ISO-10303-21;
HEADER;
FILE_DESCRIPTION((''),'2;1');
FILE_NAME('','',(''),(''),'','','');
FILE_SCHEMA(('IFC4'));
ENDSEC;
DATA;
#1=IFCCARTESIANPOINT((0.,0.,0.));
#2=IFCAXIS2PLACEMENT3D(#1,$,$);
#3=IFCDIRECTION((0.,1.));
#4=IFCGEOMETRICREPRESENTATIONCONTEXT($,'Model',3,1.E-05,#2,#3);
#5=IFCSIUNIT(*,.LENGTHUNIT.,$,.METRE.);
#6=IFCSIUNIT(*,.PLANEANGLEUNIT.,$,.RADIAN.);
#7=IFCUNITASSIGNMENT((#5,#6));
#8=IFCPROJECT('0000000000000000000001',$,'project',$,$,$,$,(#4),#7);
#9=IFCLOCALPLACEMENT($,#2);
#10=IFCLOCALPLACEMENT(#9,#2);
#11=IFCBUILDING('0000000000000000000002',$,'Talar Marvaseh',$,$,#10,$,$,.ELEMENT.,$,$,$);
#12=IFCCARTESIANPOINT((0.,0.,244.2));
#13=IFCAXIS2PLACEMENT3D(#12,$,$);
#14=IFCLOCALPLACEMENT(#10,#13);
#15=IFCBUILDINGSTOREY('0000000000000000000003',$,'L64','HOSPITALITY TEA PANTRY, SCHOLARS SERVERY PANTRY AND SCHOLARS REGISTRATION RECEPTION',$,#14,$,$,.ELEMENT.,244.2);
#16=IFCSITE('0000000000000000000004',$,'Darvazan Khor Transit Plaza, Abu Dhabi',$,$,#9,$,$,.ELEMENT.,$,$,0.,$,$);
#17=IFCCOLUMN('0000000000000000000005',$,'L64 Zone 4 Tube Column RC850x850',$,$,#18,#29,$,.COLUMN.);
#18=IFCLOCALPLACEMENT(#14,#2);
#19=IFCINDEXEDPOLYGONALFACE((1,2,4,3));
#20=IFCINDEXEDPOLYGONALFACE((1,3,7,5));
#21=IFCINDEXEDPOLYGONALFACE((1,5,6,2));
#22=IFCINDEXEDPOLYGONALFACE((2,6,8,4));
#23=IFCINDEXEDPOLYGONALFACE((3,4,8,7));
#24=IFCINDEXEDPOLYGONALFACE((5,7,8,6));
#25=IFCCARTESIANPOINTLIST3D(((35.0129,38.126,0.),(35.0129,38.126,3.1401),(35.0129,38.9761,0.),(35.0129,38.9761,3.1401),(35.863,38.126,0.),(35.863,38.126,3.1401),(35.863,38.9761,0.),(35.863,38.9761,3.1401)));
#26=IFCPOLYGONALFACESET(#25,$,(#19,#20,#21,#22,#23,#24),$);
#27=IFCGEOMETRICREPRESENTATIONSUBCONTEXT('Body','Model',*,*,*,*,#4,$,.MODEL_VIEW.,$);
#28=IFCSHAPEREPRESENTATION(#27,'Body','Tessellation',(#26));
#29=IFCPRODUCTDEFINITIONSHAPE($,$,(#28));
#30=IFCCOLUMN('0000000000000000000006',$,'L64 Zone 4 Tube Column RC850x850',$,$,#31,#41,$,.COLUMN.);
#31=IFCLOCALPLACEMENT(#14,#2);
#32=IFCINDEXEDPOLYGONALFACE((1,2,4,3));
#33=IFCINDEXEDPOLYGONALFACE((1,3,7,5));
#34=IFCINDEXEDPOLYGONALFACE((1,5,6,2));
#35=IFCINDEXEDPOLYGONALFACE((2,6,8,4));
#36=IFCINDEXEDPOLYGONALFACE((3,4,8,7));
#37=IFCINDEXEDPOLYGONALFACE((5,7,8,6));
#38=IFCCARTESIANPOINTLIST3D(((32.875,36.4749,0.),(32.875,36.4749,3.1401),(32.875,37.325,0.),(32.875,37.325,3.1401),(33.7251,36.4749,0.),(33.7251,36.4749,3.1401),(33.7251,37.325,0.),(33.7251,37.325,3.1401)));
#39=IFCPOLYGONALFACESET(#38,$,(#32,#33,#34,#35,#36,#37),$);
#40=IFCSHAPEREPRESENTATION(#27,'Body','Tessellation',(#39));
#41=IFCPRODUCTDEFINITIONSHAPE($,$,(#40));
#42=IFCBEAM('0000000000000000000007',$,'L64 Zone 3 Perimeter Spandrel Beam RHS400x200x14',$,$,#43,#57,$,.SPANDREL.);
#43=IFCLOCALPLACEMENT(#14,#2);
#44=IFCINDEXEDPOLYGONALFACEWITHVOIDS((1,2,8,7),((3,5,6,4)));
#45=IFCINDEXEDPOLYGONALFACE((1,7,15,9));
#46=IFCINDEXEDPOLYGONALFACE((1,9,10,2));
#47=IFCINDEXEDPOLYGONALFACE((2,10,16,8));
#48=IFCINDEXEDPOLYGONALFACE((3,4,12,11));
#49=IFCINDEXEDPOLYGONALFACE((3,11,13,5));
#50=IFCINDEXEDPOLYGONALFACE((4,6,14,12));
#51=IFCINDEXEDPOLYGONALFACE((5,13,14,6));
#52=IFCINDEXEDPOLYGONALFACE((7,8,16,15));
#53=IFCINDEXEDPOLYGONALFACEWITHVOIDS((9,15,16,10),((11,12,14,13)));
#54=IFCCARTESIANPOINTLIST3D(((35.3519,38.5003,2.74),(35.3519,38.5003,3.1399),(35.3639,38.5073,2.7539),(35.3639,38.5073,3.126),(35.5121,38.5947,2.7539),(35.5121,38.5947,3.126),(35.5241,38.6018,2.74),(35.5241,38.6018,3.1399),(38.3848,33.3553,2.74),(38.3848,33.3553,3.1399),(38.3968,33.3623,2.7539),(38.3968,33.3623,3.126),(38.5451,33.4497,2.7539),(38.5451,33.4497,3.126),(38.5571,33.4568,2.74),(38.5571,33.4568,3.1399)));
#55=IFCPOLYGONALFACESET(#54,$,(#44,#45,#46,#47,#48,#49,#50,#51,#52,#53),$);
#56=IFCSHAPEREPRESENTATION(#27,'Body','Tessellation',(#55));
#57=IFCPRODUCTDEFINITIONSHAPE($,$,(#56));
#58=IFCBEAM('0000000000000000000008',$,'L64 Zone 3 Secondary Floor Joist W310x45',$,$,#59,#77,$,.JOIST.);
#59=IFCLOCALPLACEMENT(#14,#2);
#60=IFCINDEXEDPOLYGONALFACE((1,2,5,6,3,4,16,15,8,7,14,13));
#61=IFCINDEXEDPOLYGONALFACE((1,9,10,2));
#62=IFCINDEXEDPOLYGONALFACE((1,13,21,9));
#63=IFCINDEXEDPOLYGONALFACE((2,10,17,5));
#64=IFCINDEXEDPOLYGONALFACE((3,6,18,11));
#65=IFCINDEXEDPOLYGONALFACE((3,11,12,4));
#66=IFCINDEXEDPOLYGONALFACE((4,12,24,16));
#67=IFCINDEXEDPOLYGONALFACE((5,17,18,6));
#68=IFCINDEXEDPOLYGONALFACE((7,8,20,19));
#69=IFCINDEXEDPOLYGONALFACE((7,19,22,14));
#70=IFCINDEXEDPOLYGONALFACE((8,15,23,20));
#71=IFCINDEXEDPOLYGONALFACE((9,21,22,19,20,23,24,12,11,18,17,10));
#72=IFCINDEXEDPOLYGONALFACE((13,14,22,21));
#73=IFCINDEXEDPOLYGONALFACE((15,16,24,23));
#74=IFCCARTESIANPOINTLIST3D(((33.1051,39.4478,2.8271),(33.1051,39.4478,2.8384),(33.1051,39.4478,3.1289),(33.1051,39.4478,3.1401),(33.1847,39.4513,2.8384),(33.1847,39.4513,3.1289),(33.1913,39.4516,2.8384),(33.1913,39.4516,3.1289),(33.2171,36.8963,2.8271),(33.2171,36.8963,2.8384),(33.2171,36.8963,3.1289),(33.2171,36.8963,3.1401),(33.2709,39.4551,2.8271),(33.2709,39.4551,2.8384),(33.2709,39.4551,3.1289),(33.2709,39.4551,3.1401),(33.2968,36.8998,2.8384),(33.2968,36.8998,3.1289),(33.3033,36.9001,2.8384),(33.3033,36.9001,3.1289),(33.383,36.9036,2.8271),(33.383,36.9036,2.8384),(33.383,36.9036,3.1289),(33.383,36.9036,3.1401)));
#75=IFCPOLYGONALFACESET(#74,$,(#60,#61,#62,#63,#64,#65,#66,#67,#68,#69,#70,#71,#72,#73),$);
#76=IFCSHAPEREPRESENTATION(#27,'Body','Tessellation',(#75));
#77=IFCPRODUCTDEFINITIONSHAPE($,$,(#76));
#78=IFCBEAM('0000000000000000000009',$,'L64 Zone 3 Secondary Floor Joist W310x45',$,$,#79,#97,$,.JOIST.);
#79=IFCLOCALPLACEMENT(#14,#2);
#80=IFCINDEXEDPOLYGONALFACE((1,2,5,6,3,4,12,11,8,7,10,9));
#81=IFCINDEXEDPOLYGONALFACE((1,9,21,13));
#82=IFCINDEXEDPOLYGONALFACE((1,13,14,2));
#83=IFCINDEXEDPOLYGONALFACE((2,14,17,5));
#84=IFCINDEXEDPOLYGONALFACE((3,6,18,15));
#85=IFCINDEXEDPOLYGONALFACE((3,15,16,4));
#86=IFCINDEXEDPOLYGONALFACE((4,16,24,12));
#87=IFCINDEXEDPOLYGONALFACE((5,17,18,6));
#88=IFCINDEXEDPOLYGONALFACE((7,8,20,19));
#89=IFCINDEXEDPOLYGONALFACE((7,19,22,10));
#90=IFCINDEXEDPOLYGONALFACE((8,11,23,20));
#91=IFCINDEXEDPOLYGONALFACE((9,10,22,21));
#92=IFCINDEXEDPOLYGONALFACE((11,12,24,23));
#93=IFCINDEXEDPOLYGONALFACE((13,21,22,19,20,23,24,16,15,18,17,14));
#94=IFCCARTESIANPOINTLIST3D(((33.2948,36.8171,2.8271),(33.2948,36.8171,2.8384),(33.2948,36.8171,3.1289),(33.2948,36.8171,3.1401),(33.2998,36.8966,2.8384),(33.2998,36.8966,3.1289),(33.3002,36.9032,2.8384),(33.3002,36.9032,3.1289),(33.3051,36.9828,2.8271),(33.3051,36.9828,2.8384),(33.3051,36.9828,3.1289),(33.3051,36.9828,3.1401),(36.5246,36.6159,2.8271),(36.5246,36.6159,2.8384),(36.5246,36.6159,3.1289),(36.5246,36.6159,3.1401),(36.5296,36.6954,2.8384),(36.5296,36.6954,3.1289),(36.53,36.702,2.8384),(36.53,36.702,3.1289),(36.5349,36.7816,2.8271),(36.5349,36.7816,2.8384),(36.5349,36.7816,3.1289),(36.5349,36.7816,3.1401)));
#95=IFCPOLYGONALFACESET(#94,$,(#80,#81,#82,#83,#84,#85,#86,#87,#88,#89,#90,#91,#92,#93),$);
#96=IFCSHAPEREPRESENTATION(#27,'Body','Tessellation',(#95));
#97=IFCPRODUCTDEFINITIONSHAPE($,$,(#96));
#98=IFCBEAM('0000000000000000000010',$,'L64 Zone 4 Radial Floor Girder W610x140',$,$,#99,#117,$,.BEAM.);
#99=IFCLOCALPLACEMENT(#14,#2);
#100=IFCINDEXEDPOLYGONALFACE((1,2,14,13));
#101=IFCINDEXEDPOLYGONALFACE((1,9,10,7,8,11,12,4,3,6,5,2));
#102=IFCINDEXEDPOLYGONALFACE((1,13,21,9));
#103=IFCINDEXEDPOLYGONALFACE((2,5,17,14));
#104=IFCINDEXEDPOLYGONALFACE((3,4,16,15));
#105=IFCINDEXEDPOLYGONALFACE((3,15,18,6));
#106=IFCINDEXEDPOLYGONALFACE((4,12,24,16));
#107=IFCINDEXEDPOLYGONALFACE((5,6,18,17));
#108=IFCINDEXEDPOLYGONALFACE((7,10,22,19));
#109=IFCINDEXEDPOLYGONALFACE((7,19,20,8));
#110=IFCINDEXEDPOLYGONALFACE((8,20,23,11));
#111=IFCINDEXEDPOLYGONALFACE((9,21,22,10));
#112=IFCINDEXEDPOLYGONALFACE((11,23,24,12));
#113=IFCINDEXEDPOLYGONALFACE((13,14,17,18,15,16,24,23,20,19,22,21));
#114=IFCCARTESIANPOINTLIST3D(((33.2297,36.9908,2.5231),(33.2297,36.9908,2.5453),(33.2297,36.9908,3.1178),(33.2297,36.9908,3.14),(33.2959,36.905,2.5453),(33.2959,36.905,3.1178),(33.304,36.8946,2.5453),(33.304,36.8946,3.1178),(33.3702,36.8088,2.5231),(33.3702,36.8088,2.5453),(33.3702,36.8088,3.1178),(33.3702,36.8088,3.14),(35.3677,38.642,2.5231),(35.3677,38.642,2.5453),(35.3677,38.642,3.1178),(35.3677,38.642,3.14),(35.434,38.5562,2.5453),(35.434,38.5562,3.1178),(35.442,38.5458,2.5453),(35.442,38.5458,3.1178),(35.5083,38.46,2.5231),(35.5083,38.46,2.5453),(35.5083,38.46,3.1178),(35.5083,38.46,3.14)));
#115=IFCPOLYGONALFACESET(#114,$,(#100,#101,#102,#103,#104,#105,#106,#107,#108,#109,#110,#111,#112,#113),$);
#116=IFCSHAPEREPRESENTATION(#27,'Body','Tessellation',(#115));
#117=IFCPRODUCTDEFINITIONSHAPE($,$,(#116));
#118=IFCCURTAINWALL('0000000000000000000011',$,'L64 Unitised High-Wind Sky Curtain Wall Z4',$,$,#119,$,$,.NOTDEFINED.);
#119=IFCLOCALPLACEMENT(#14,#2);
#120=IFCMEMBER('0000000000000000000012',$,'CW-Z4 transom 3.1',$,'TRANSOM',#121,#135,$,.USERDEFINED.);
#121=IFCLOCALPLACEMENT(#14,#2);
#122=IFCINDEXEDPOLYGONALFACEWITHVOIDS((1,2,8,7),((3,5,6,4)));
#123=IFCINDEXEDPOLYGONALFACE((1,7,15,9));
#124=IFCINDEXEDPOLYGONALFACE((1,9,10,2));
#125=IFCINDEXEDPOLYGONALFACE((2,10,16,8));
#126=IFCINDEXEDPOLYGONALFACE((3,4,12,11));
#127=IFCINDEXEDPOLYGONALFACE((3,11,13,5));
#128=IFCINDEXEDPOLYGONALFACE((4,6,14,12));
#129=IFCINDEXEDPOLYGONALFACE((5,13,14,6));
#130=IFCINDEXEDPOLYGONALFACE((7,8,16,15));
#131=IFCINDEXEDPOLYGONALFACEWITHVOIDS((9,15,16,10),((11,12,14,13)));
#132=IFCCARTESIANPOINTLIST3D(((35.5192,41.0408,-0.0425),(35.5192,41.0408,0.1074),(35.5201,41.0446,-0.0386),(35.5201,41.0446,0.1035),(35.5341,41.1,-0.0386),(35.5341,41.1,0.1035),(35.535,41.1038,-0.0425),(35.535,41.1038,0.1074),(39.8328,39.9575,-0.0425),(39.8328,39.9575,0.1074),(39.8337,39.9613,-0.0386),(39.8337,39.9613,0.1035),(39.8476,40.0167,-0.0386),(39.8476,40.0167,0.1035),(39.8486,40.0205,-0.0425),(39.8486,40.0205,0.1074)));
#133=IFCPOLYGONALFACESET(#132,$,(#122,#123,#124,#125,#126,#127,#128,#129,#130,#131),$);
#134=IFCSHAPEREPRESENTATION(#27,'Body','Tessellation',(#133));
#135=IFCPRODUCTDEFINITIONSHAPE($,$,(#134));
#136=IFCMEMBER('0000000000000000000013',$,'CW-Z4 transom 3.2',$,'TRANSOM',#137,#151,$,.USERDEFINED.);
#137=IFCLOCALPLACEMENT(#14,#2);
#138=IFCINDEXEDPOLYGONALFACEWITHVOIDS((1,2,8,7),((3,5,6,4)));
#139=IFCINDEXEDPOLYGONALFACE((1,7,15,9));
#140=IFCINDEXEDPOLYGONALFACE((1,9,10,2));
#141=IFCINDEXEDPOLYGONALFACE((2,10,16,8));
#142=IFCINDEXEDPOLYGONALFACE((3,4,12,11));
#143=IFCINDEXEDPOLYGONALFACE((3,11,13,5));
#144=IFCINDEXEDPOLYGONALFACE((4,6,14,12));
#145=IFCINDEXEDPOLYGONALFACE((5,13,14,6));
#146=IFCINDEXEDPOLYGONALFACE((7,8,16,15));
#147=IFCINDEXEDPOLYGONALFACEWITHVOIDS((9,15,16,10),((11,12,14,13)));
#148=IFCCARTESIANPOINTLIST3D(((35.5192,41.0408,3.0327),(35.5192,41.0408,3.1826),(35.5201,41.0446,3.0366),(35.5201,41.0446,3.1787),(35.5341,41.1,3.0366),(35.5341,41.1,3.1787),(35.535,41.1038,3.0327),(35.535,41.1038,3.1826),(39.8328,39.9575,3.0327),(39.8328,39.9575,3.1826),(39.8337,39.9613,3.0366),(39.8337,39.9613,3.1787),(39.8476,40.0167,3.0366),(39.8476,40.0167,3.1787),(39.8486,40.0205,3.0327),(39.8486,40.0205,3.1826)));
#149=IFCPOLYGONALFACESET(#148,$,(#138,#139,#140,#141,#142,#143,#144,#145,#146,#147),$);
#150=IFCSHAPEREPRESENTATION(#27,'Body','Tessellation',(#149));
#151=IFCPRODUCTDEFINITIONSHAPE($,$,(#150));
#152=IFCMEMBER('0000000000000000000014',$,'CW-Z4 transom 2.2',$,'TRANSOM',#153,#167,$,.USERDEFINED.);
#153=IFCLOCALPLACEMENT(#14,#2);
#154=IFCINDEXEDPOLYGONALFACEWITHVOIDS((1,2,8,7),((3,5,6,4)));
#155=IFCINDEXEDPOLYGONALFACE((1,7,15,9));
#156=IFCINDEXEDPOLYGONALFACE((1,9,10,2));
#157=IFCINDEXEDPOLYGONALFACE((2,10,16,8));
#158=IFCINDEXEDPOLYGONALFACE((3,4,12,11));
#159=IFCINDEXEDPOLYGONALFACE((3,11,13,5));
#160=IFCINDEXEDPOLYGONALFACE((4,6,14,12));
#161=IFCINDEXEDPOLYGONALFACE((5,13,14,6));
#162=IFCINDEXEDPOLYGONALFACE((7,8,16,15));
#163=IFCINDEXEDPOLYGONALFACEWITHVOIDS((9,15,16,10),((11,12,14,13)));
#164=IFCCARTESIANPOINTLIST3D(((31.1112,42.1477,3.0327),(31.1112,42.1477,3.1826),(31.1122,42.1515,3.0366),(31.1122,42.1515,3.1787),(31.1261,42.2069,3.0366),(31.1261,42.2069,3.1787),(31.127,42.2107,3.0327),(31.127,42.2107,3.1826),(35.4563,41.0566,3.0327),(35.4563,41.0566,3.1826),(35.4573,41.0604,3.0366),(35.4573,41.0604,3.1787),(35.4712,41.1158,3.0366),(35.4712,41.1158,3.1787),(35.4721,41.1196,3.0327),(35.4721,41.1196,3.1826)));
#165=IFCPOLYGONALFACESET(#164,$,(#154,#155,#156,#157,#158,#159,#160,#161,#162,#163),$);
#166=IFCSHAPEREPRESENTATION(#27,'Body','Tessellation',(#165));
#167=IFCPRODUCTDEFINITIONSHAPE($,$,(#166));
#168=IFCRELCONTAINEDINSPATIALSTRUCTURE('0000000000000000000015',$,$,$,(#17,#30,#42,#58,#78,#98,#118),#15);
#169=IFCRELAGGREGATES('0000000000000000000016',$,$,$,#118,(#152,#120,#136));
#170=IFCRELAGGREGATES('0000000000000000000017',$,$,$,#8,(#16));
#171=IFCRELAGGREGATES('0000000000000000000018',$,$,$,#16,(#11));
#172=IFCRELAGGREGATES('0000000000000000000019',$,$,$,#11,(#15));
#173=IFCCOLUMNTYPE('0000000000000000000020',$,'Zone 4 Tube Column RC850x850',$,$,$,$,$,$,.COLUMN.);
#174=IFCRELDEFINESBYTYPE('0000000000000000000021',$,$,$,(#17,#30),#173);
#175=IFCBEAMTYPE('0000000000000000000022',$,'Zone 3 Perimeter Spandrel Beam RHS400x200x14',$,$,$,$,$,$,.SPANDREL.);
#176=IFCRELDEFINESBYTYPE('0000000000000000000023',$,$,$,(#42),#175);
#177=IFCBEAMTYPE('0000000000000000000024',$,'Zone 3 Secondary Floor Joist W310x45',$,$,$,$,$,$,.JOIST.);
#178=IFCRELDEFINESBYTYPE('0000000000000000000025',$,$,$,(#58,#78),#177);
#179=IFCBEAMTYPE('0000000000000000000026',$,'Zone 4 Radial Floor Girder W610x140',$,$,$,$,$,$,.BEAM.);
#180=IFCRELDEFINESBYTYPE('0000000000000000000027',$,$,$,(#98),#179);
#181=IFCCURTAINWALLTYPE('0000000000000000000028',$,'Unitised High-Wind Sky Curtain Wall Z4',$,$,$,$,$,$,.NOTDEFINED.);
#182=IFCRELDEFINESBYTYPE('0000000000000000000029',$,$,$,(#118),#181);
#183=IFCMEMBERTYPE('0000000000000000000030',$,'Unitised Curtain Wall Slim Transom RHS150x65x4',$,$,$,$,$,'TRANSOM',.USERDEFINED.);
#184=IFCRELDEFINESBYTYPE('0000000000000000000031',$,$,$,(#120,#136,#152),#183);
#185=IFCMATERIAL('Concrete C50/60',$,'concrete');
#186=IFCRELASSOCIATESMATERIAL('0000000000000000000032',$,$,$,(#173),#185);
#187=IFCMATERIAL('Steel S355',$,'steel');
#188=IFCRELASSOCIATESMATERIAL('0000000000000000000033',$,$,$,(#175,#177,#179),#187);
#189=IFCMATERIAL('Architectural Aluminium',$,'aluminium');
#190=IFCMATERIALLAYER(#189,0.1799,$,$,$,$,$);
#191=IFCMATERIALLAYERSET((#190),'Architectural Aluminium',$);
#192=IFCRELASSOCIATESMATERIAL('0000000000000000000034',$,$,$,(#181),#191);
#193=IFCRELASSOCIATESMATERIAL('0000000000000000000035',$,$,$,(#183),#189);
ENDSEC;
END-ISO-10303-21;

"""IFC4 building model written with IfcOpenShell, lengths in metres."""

from ifc_helpers import new_model, si_unit, direction, frame, origin, origin_2d, place, context, subcontext, project, spatial, rectangle, hollow_rectangle, i_section, extrude, source, transform, mapped, material, layer, layer_set, material_profile, profile_set, type_object, element, aggregate, save


model = new_model("IFC4")

# Units and contexts
model_context = context("Model", 3, precision=1e-05, world=origin(), true_north=direction((0.0, 1.0)))
body_context = subcontext(model_context, "Body", "Model", "MODEL_VIEW")
ifc_project = project(units=[si_unit("LENGTHUNIT", "METRE"), si_unit("PLANEANGLEUNIT", "RADIAN")], contexts=[model_context])

# Site, building, storey
site_placement = place(None, origin())
site = spatial("IfcSite", under=ifc_project, at=site_placement, Name="Darvazan Khor Transit Plaza, Abu Dhabi", CompositionType="ELEMENT", RefElevation=0.0)
building_placement = place(site_placement, origin())
building = spatial("IfcBuilding", under=site, at=building_placement, Name="Talar Marvaseh", CompositionType="ELEMENT")
storey_placement = place(building_placement, frame((0.0, 0.0, 244.2)))
storey = spatial("IfcBuildingStorey", under=building, at=storey_placement, Name="L64", Description="HOSPITALITY TEA PANTRY, SCHOLARS SERVERY PANTRY AND SCHOLARS REGISTRATION RECEPTION", CompositionType="ELEMENT", Elevation=244.2)

# Columns
ifc_material_1 = material(Name="Concrete C50/60", Category="concrete")
ifc_material_profile_1 = material_profile(ifc_material_1, rectangle(XDim=0.8501, YDim=0.8501, at=origin_2d()), Name="RC850x850")
ifc_profile_set_1 = profile_set([ifc_material_profile_1], Name="Concrete C50/60")
column_type = type_object("IfcColumnType", Name="Zone 4 Tube Column RC850x850", PredefinedType="COLUMN", material=ifc_profile_set_1)
for number, where, z_axis, x_axis, name in (
    (1, (35.438, 38.551, 0.0), (0.0, 0.0, 1.0), (1.0, 0.0, 0.0), "L64 Zone 4 Tube Column RC850x850"),
    (2, (33.3, 36.8999, 0.0), (0.0, 0.0, 1.0), (1.0, 0.0, 0.0), "L64 Zone 4 Tube Column RC850x850"),
):
    element("IfcColumn", number, at=place(storey_placement, frame(where, z_axis=z_axis, x_axis=x_axis)), inside=storey, type_object=column_type, Name=name, PredefinedType="COLUMN", context=body_context, shape_type="SweptSolid", body=[
        extrude(rectangle(XDim=0.8501, YDim=0.8501, at=origin_2d()), origin(), (0.0, 0.0, 1.0), 3.1401),
    ])

# Beams
ifc_material_2 = material(Name="Steel S355", Category="steel")
ifc_material_profile_2 = material_profile(ifc_material_2, hollow_rectangle(XDim=0.2, YDim=0.3999, WallThickness=0.0139, at=origin_2d()), Name="RHS400x200x14")
ifc_profile_set_2 = profile_set([ifc_material_profile_2], Name="Steel S355")
beam_type_1 = type_object("IfcBeamType", Name="Zone 3 Perimeter Spandrel Beam RHS400x200x14", PredefinedType="SPANDREL", material=ifc_profile_set_2)
beam_1_placement = place(storey_placement, frame((35.438, 38.551, 2.9399), z_axis=(0.507826, -0.86146, 0.0), x_axis=(0.86146, 0.507826, 0.0)))
element("IfcBeam", 3, at=beam_1_placement, inside=storey, type_object=beam_type_1, Name="L64 Zone 3 Perimeter Spandrel Beam RHS400x200x14", PredefinedType="SPANDREL", context=body_context, shape_type="SweptSolid", body=[
    extrude(hollow_rectangle(XDim=0.2, YDim=0.3999, WallThickness=0.0139, at=origin_2d()), origin(), (0.0, 0.0, 1.0), 5.9724),
])
ifc_material_profile_3 = material_profile(ifc_material_2, i_section(OverallWidth=0.166, OverallDepth=0.313, WebThickness=0.0066, FlangeThickness=0.0112, at=origin_2d()), Name="W310x45")
ifc_profile_set_3 = profile_set([ifc_material_profile_3], Name="Steel S355")
beam_type_2 = type_object("IfcBeamType", Name="Zone 3 Secondary Floor Joist W310x45", PredefinedType="JOIST", material=ifc_profile_set_3)
beam_2_placement = place(storey_placement, frame((33.188, 39.4514, 2.9836), z_axis=(0.043877, -0.999037, 0.0), x_axis=(0.999037, 0.043877, 0.0)))
element("IfcBeam", 4, at=beam_2_placement, inside=storey, type_object=beam_type_2, Name="L64 Zone 3 Secondary Floor Joist W310x45", PredefinedType="JOIST", context=body_context, shape_type="SweptSolid", body=[
    extrude(i_section(OverallWidth=0.166, OverallDepth=0.313, WebThickness=0.0066, FlangeThickness=0.0112, at=origin_2d()), origin(), (0.0, 0.0, 1.0), 2.554),
])
beam_3_placement = place(storey_placement, frame((36.5298, 36.6987, 2.9836), z_axis=(-0.998066, 0.062167, 0.0), x_axis=(-0.062167, -0.998066, 0.0)))
element("IfcBeam", 5, at=beam_3_placement, inside=storey, type_object=beam_type_2, Name="L64 Zone 3 Secondary Floor Joist W310x45", PredefinedType="JOIST", context=body_context, shape_type="SweptSolid", body=[
    extrude(i_section(OverallWidth=0.166, OverallDepth=0.313, WebThickness=0.0066, FlangeThickness=0.0112, at=origin_2d()), origin(), (0.0, 0.0, 1.0), 3.2361),
])
ifc_material_profile_4 = material_profile(ifc_material_2, i_section(OverallWidth=0.23, OverallDepth=0.6169, WebThickness=0.0132, FlangeThickness=0.0222, at=origin_2d()), Name="W610x140")
ifc_profile_set_4 = profile_set([ifc_material_profile_4], Name="Steel S355")
beam_type_3 = type_object("IfcBeamType", Name="Zone 4 Radial Floor Girder W610x140", PredefinedType="BEAM", material=ifc_profile_set_4)
beam_4_placement = place(storey_placement, frame((35.438, 38.551, 2.8315), z_axis=(-0.79145, -0.611234, 0.0), x_axis=(0.611234, -0.79145, 0.0)))
element("IfcBeam", 6, at=beam_4_placement, inside=storey, type_object=beam_type_3, Name="L64 Zone 4 Radial Floor Girder W610x140", PredefinedType="BEAM", context=body_context, shape_type="SweptSolid", body=[
    extrude(i_section(OverallWidth=0.23, OverallDepth=0.6169, WebThickness=0.0132, FlangeThickness=0.0222, at=origin_2d()), origin(), (0.0, 0.0, 1.0), 2.7014),
])

# Curtain wall, members
ifc_material_3 = material(Name="Architectural Aluminium", Category="aluminium")
ifc_layer_1 = layer(ifc_material_3, 0.1799)
ifc_layer_set_1 = layer_set([ifc_layer_1], Name="Architectural Aluminium")
curtain_wall_type = type_object("IfcCurtainWallType", Name="Unitised High-Wind Sky Curtain Wall Z4", PredefinedType="NOTDEFINED", material=ifc_layer_set_1)
curtain_wall_1_placement = place(storey_placement, origin())
curtain_wall_1 = element("IfcCurtainWall", 7, at=curtain_wall_1_placement, inside=storey, type_object=curtain_wall_type, Name="L64 Unitised High-Wind Sky Curtain Wall Z4", PredefinedType="NOTDEFINED")
ifc_material_profile_5 = material_profile(ifc_material_3, hollow_rectangle(XDim=0.0649, YDim=0.1499, WallThickness=0.0039, at=origin_2d()), Name="RHS150x65x4")
ifc_profile_set_5 = profile_set([ifc_material_profile_5], Name="Architectural Aluminium")
member_type_1 = type_object("IfcMemberType", Name="Unitised Curtain Wall Slim Transom RHS150x65x4", ElementType="TRANSOM", PredefinedType="USERDEFINED", material=ifc_profile_set_5)
shared_shape_1 = source(origin(), body_context, "Body", "SweptSolid", [
    extrude(hollow_rectangle(XDim=0.0649, YDim=0.1499, WallThickness=0.0039, at=origin_2d()), origin(), (0.0, 0.0, 1.0), 4.4475),
])
member_1_placement = place(storey_placement, frame((35.5271, 41.0723, 0.0325), z_axis=(0.969884, -0.243569, 0.0), x_axis=(0.243569, 0.969884, 0.0)))
member_1 = element("IfcMember", 8, at=member_1_placement, type_object=member_type_1, Name="CW-Z4 transom 3.1", ObjectType="TRANSOM", PredefinedType="USERDEFINED", context=body_context, shape_type="MappedRepresentation", body=[
    mapped(shared_shape_1, transform((0.0, 0.0, 0.0), x_axis=(1.0, 0.0, 0.0), y_axis=(0.0, 1.0, 0.0), z_axis=(0.0, 0.0, 1.0), scale=1.0)),
])
member_2_placement = place(storey_placement, frame((35.5271, 41.0723, 3.1077), z_axis=(0.969884, -0.243569, 0.0), x_axis=(0.243569, 0.969884, 0.0)))
member_2 = element("IfcMember", 9, at=member_2_placement, type_object=member_type_1, Name="CW-Z4 transom 3.2", ObjectType="TRANSOM", PredefinedType="USERDEFINED", context=body_context, shape_type="MappedRepresentation", body=[
    mapped(shared_shape_1, transform((0.0, 0.0, 0.0), x_axis=(1.0, 0.0, 0.0), y_axis=(0.0, 1.0, 0.0), z_axis=(0.0, 0.0, 1.0), scale=1.0)),
])
shared_shape_2 = source(origin(), body_context, "Body", "SweptSolid", [
    extrude(hollow_rectangle(XDim=0.0649, YDim=0.1499, WallThickness=0.0039, at=origin_2d()), origin(), (0.0, 0.0, 1.0), 4.48),
])
member_3_placement = place(storey_placement, frame((31.1191, 42.1792, 3.1077), z_axis=(0.969889, -0.243549, 0.0), x_axis=(0.243549, 0.969889, 0.0)))
member_3 = element("IfcMember", 10, at=member_3_placement, type_object=member_type_1, Name="CW-Z4 transom 2.2", ObjectType="TRANSOM", PredefinedType="USERDEFINED", context=body_context, shape_type="MappedRepresentation", body=[
    mapped(shared_shape_2, transform((0.0, 0.0, 0.0), x_axis=(1.0, 0.0, 0.0), y_axis=(0.0, 1.0, 0.0), z_axis=(0.0, 0.0, 1.0), scale=1.0)),
])

aggregate(curtain_wall_1, [member_3, member_1, member_2])

save(model, "model.ifc")
